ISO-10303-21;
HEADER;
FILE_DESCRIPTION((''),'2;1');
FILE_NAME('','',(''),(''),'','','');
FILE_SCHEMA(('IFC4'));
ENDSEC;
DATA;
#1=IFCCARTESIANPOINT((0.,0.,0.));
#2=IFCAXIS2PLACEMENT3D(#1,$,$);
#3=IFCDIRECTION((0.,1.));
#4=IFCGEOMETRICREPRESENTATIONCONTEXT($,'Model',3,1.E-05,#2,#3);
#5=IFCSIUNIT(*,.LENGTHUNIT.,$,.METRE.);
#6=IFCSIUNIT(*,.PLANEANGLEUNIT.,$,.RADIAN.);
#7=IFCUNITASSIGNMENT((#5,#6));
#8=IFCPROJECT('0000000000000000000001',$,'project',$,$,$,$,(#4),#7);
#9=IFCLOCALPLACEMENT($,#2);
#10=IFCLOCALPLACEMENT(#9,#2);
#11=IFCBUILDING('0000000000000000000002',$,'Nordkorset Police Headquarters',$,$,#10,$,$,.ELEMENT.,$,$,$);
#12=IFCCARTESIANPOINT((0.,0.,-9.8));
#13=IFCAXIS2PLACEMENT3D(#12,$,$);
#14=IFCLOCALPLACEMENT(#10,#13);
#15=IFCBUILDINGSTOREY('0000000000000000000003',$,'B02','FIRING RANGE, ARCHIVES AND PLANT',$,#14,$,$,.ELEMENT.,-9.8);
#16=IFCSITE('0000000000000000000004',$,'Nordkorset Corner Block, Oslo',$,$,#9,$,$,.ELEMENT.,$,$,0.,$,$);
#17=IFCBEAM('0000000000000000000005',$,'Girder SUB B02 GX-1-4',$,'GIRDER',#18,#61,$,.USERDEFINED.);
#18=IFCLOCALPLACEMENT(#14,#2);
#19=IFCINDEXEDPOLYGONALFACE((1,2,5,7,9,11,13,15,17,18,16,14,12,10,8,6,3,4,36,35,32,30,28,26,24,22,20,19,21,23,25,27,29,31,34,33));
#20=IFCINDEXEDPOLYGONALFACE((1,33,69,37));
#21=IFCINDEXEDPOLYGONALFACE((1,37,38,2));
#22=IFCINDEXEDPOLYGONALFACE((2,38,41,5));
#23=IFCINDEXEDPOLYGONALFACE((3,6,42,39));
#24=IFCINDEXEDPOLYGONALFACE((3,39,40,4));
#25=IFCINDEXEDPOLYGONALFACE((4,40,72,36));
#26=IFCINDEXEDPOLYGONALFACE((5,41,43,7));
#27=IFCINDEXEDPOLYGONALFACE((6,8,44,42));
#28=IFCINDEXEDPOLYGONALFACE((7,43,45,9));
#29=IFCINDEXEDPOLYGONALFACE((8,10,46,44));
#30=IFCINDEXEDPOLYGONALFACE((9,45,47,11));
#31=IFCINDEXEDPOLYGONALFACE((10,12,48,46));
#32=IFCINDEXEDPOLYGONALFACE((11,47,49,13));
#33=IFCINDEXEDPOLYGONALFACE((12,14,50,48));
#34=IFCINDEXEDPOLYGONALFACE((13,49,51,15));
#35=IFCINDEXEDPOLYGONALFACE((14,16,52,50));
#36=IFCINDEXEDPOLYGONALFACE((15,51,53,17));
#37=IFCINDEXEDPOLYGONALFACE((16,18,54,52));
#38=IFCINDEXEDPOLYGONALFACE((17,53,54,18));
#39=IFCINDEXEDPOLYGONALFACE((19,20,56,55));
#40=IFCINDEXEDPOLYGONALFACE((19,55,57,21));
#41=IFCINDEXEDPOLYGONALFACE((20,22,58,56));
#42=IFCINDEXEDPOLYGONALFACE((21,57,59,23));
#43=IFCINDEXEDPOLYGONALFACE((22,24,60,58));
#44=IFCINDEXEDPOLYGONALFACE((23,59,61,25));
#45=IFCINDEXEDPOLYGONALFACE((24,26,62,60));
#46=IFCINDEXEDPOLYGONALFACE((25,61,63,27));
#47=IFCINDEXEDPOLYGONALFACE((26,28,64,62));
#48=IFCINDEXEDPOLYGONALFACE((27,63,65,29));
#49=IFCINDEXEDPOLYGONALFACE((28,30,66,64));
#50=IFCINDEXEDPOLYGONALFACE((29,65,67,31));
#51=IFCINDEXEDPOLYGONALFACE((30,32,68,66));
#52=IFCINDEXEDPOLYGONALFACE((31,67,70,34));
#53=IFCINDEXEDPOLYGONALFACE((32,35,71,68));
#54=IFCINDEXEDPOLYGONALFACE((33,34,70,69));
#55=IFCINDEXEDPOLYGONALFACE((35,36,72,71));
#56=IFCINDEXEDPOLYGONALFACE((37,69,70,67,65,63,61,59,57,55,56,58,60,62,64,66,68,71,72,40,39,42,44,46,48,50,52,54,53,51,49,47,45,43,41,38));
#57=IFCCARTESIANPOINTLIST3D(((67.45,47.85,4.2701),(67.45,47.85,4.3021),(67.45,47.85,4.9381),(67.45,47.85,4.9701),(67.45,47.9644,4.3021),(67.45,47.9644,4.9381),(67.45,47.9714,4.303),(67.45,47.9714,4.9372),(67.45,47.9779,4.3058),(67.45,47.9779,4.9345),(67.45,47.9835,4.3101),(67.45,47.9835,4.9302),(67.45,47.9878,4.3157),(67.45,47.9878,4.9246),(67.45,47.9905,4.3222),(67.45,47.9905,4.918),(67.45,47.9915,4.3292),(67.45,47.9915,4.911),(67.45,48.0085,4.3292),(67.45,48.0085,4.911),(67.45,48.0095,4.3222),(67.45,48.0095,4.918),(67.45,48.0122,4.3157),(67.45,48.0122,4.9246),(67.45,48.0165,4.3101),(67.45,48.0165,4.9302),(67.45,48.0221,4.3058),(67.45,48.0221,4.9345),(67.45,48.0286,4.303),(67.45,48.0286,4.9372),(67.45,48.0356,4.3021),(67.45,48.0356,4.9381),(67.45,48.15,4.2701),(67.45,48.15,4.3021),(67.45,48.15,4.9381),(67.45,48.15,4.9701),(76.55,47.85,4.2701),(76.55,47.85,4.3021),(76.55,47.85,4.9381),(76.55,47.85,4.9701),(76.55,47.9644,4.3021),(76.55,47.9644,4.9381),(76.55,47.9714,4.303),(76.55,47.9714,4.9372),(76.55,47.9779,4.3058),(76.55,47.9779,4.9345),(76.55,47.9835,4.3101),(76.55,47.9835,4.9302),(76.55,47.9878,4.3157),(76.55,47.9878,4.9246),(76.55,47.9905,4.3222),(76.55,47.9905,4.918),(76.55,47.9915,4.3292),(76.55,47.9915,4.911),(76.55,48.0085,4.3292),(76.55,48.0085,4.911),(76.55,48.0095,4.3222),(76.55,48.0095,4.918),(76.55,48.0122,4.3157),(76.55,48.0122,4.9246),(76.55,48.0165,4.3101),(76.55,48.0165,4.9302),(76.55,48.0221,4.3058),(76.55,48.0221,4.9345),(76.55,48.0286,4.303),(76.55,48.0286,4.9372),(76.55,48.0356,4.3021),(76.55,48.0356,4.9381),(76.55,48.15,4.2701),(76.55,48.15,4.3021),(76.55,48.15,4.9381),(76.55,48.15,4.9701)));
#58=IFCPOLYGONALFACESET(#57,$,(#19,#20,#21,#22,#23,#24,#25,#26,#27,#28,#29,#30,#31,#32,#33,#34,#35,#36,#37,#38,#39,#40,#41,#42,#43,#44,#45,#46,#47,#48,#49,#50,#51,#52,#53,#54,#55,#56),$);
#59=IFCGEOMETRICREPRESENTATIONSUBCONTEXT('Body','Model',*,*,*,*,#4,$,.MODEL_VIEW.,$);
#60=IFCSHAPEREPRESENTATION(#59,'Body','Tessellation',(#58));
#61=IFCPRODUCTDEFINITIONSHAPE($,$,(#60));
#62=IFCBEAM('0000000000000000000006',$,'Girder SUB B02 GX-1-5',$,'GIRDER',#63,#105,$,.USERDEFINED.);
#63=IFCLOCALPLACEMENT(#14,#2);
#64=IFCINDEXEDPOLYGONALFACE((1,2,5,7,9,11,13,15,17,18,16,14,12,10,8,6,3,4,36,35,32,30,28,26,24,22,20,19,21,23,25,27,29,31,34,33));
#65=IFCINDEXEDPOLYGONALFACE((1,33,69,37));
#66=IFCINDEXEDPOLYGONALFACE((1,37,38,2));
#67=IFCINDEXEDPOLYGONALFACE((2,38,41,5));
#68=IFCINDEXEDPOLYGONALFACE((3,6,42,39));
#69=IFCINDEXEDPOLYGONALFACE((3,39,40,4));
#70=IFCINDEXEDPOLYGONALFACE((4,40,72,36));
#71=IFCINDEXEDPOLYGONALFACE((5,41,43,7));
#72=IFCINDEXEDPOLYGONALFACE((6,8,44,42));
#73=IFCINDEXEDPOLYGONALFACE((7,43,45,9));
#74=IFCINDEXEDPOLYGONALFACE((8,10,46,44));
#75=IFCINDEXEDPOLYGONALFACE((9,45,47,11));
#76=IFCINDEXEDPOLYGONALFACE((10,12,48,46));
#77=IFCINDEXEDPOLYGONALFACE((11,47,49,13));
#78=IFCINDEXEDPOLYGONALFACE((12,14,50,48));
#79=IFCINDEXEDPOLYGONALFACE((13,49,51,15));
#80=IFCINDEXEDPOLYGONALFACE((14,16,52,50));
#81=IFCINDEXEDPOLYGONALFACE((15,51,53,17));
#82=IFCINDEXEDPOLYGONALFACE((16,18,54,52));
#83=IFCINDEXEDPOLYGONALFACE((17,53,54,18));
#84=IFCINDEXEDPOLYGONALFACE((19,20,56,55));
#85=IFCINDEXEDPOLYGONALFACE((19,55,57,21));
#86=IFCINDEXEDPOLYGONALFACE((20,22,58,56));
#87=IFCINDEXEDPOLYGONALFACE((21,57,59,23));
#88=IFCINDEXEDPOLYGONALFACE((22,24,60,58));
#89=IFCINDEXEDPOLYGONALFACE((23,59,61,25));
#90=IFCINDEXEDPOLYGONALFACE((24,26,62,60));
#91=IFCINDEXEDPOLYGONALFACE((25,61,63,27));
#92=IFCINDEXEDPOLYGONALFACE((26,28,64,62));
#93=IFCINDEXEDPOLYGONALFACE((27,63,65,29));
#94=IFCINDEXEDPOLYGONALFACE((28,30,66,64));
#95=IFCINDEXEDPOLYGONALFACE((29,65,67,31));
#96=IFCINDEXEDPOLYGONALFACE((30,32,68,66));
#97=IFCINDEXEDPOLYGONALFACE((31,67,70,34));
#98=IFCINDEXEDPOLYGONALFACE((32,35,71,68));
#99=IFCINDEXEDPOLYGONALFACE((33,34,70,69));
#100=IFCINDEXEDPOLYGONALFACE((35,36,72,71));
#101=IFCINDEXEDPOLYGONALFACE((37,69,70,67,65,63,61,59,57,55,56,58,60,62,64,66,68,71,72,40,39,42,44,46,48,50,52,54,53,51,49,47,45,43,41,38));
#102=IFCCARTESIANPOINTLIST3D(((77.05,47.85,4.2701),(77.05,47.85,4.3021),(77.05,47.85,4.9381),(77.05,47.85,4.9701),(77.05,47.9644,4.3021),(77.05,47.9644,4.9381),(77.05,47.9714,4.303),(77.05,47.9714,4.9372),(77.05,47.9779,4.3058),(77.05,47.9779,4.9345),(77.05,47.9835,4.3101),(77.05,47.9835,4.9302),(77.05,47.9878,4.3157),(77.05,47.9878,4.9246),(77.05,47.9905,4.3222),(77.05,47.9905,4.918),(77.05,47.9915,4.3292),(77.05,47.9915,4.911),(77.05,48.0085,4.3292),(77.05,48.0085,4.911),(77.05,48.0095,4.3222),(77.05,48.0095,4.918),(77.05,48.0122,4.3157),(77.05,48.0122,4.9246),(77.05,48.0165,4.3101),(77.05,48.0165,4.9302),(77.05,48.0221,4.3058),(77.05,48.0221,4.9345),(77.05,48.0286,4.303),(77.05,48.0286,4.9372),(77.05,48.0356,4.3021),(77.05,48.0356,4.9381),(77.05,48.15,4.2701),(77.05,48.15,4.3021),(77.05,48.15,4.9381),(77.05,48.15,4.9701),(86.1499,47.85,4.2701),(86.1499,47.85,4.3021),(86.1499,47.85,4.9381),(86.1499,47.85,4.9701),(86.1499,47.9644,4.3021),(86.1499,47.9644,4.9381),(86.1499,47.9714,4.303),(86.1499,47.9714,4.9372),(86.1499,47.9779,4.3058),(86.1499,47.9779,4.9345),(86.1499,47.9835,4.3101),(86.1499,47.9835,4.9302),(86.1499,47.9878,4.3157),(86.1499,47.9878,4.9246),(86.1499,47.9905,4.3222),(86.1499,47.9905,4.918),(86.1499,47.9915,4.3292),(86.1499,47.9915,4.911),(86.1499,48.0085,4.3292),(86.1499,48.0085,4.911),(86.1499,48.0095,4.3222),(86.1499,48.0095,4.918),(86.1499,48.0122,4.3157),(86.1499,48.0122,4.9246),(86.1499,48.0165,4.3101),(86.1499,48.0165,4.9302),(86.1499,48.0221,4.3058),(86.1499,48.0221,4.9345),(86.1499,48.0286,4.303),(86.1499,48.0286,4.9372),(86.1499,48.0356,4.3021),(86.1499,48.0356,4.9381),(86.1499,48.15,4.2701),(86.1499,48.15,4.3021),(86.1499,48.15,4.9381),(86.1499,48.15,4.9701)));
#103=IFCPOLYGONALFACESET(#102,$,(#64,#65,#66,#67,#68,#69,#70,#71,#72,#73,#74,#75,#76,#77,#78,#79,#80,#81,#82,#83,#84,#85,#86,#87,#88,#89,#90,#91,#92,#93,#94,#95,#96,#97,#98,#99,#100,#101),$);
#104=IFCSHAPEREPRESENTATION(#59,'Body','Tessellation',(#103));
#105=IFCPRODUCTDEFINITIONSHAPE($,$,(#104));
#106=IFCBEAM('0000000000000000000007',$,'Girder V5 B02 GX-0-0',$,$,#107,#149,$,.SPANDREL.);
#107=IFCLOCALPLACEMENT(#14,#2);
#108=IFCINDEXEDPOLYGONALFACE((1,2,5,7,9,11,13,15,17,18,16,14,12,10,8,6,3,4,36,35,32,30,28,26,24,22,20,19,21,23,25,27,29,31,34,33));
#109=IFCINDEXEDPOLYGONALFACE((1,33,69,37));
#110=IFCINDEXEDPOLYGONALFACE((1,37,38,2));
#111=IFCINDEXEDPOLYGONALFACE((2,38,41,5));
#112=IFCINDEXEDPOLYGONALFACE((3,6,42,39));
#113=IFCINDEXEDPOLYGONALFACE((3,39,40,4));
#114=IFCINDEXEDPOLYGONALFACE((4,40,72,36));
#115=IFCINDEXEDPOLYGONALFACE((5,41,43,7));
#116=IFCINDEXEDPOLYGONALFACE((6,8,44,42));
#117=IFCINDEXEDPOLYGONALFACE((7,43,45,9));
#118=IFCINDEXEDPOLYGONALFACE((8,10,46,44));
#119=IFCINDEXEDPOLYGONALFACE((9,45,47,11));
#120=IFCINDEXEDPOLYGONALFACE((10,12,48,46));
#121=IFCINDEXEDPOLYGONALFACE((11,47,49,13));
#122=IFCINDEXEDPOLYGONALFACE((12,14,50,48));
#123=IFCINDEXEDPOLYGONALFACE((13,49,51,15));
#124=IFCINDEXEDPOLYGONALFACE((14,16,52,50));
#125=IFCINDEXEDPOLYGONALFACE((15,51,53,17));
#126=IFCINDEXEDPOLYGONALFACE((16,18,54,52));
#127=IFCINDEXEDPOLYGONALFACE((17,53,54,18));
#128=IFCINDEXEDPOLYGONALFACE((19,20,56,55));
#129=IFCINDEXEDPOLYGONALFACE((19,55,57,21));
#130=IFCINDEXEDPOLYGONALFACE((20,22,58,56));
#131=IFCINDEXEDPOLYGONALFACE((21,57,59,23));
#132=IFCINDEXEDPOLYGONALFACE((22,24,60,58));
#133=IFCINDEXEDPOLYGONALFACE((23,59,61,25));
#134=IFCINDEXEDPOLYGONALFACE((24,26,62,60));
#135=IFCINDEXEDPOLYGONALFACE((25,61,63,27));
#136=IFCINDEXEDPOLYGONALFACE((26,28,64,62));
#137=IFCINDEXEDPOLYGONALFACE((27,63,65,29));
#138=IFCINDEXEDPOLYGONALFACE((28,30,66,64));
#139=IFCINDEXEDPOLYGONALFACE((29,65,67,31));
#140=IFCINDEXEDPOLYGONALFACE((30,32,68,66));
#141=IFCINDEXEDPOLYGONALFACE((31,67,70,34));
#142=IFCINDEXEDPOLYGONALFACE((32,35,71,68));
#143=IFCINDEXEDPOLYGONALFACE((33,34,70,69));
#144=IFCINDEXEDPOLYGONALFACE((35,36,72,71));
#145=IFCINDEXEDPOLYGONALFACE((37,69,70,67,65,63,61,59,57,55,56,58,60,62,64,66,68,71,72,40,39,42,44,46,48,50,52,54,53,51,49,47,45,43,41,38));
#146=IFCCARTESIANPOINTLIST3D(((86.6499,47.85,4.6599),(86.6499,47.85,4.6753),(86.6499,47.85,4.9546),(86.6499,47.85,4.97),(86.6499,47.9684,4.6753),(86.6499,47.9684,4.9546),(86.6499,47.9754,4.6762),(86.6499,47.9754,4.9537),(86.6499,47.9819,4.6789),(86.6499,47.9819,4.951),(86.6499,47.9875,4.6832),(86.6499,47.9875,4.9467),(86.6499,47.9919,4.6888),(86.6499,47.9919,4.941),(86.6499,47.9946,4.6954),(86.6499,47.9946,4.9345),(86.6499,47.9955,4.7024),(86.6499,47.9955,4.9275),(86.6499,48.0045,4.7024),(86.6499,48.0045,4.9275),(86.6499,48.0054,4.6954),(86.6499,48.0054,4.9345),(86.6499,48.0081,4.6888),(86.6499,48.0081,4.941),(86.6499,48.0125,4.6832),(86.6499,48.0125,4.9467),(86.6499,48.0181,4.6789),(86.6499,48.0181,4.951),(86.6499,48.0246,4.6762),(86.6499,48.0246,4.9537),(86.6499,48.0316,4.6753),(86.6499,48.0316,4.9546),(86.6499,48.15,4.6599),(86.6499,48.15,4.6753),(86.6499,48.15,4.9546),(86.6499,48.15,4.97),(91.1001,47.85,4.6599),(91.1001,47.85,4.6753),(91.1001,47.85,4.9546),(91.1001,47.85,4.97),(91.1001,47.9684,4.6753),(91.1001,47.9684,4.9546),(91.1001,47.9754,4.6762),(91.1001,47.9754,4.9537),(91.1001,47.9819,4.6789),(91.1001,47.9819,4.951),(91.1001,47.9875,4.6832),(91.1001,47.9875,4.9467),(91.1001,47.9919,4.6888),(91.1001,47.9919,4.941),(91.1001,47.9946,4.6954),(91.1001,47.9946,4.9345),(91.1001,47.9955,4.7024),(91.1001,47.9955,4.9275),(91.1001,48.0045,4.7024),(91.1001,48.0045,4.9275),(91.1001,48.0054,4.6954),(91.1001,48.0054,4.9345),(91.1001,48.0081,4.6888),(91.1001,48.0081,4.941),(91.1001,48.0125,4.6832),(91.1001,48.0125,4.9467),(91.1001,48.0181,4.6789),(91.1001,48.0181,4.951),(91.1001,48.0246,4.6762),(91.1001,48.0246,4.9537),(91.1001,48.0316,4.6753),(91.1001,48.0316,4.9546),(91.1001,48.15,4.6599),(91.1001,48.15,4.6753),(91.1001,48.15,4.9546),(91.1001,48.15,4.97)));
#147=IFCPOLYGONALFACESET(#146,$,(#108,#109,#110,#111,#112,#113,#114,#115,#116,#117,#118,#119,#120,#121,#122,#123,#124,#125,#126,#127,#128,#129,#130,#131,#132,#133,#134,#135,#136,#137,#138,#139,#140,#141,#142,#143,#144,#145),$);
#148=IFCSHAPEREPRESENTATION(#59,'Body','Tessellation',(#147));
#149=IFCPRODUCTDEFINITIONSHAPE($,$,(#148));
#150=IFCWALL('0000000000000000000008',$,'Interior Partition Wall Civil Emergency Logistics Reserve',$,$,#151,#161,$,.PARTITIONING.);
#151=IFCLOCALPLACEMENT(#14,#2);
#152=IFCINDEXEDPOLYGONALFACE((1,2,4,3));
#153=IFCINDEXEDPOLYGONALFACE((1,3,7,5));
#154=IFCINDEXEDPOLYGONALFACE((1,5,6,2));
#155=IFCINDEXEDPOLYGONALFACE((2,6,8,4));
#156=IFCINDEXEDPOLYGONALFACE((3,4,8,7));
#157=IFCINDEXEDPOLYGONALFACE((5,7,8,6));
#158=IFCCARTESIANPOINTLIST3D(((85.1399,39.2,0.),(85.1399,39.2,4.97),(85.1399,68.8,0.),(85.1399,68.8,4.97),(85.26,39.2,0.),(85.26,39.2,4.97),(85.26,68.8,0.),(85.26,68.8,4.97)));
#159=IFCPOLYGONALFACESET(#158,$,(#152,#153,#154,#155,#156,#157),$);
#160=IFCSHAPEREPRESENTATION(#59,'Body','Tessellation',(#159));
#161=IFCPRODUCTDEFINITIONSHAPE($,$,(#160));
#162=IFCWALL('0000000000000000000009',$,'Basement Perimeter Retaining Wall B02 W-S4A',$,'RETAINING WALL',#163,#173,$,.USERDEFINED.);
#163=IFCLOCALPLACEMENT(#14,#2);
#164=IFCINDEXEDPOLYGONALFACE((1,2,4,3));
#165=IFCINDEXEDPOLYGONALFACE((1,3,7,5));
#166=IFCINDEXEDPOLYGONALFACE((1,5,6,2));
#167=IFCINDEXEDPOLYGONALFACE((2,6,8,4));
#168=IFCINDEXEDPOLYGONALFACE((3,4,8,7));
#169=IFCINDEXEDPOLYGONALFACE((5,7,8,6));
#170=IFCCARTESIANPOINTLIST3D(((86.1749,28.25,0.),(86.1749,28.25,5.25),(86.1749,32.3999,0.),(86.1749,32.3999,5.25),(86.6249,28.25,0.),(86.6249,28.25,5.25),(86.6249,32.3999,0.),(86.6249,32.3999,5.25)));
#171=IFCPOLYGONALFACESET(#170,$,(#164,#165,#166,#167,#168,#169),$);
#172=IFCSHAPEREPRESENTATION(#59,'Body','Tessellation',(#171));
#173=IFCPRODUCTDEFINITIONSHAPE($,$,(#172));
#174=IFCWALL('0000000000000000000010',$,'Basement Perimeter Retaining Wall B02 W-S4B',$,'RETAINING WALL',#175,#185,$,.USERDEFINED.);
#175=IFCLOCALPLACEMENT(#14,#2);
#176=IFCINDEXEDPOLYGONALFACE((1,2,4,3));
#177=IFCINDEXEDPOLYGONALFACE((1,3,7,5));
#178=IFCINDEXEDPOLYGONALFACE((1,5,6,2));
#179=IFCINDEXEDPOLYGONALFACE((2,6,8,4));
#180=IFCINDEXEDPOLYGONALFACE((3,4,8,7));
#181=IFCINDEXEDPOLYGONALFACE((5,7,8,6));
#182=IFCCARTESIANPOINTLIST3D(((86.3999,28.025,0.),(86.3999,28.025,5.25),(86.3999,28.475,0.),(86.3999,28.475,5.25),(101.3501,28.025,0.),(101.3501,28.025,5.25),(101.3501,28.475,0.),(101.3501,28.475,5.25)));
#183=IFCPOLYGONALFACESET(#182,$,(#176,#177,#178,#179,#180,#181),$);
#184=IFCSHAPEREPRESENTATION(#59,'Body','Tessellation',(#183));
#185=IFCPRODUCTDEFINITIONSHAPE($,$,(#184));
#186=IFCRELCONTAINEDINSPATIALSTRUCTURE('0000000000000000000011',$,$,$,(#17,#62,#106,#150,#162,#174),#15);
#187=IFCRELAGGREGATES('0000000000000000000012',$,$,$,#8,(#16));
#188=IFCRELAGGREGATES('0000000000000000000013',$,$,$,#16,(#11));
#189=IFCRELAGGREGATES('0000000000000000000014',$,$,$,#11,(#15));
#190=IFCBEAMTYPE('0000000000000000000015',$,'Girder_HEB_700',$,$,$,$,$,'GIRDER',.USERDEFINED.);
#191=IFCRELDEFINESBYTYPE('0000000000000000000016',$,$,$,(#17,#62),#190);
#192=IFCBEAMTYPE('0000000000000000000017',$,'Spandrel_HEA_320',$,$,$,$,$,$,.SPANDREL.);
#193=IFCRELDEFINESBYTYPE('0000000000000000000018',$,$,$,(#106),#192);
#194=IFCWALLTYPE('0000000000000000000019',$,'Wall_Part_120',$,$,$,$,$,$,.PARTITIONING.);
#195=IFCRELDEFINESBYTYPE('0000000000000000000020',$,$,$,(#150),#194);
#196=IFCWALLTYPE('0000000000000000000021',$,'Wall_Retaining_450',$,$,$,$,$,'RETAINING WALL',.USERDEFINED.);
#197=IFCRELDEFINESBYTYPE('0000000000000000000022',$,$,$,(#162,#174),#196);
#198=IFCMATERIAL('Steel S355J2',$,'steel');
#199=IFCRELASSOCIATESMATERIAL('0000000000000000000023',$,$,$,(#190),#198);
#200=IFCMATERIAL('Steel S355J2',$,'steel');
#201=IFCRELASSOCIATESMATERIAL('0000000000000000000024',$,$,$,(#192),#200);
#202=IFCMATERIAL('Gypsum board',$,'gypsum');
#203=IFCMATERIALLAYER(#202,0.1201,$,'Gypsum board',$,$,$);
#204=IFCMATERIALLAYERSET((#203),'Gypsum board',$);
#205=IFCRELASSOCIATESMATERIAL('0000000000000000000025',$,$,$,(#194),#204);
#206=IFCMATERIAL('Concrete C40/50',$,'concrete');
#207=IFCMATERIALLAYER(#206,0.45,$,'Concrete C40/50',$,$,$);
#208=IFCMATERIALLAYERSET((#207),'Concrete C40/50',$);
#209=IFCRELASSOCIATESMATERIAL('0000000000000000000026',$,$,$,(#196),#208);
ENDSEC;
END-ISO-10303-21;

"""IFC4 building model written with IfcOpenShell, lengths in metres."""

from ifc_helpers import new_model, si_unit, direction, frame, frame_2d, origin, origin_2d, place, context, subcontext, project, spatial, rectangle, i_section, extrude, material, layer, layer_set, material_profile, profile_set, type_object, element, save


model = new_model("IFC4")

# Units and contexts
model_context = context("Model", 3, precision=1e-05, world=origin(), true_north=direction((0.0, 1.0)))
body_context = subcontext(model_context, "Body", "Model", "MODEL_VIEW")
ifc_project = project(units=[si_unit("LENGTHUNIT", "METRE"), si_unit("PLANEANGLEUNIT", "RADIAN")], contexts=[model_context])

# Site, building, storey
site_placement = place(None, origin())
site = spatial("IfcSite", under=ifc_project, at=site_placement, Name="Nordkorset Corner Block, Oslo", CompositionType="ELEMENT", RefElevation=0.0)
building_placement = place(site_placement, origin())
building = spatial("IfcBuilding", under=site, at=building_placement, Name="Nordkorset Police Headquarters", CompositionType="ELEMENT")
storey_placement = place(building_placement, frame((0.0, 0.0, -9.8)))
storey = spatial("IfcBuildingStorey", under=building, at=storey_placement, Name="B02", Description="FIRING RANGE, ARCHIVES AND PLANT", CompositionType="ELEMENT", Elevation=-9.8)

# Beams
ifc_material_1 = material(Name="Steel S355J2", Category="steel")
ifc_material_profile_1 = material_profile(ifc_material_1, i_section(OverallWidth=0.3, OverallDepth=0.7, WebThickness=0.0171, FlangeThickness=0.032, FilletRadius=0.0271, at=origin_2d()), Name="HEB 700")
ifc_profile_set_1 = profile_set([ifc_material_profile_1], Name="Steel S355J2")
beam_type_1 = type_object("IfcBeamType", Name="Girder_HEB_700", ElementType="GIRDER", PredefinedType="USERDEFINED", material=ifc_profile_set_1)
beam_1_placement = place(storey_placement, frame((67.45, 48.0, 4.6201), z_axis=(1.0, 0.0, 0.0), x_axis=(0.0, 1.0, 0.0)))
element("IfcBeam", 1, at=beam_1_placement, inside=storey, type_object=beam_type_1, Name="Girder SUB B02 GX-1-4", ObjectType="GIRDER", PredefinedType="USERDEFINED", context=body_context, shape_type="SweptSolid", body=[
    extrude(i_section(OverallWidth=0.3, OverallDepth=0.7, WebThickness=0.0171, FlangeThickness=0.032, FilletRadius=0.0271, at=origin_2d()), origin(), (0.0, 0.0, 1.0), 9.1001),
])
beam_2_placement = place(storey_placement, frame((77.05, 48.0, 4.6201), z_axis=(1.0, 0.0, 0.0), x_axis=(0.0, 1.0, 0.0)))
element("IfcBeam", 2, at=beam_2_placement, inside=storey, type_object=beam_type_1, Name="Girder SUB B02 GX-1-5", ObjectType="GIRDER", PredefinedType="USERDEFINED", context=body_context, shape_type="SweptSolid", body=[
    extrude(i_section(OverallWidth=0.3, OverallDepth=0.7, WebThickness=0.0171, FlangeThickness=0.032, FilletRadius=0.0271, at=origin_2d()), origin(), (0.0, 0.0, 1.0), 9.0999),
])
ifc_material_2 = material(Name="Steel S355J2", Category="steel")
ifc_material_profile_2 = material_profile(ifc_material_2, i_section(OverallWidth=0.3, OverallDepth=0.3101, WebThickness=0.009, FlangeThickness=0.0154, FilletRadius=0.0271, at=origin_2d()), Name="HEA 320")
ifc_profile_set_2 = profile_set([ifc_material_profile_2], Name="Steel S355J2")
beam_type_2 = type_object("IfcBeamType", Name="Spandrel_HEA_320", PredefinedType="SPANDREL", material=ifc_profile_set_2)
beam_3_placement = place(storey_placement, frame((86.6499, 48.0, 4.8149), z_axis=(1.0, 0.0, 0.0), x_axis=(0.0, 1.0, 0.0)))
element("IfcBeam", 3, at=beam_3_placement, inside=storey, type_object=beam_type_2, Name="Girder V5 B02 GX-0-0", PredefinedType="SPANDREL", context=body_context, shape_type="SweptSolid", body=[
    extrude(i_section(OverallWidth=0.3, OverallDepth=0.3101, WebThickness=0.009, FlangeThickness=0.0154, FilletRadius=0.0271, at=origin_2d()), origin(), (0.0, 0.0, 1.0), 4.4502),
])

# Walls
ifc_material_3 = material(Name="Gypsum board", Category="gypsum")
ifc_layer_1 = layer(ifc_material_3, 0.1201, Name="Gypsum board")
ifc_layer_set_1 = layer_set([ifc_layer_1], Name="Gypsum board")
wall_type_1 = type_object("IfcWallType", Name="Wall_Part_120", PredefinedType="PARTITIONING", material=ifc_layer_set_1)
wall_1_placement = place(storey_placement, frame((85.2, 39.2, 0.0), z_axis=(0.0, 0.0, 1.0), x_axis=(0.0, 1.0, 0.0)))
element("IfcWall", 4, at=wall_1_placement, inside=storey, type_object=wall_type_1, Name="Interior Partition Wall Civil Emergency Logistics Reserve", PredefinedType="PARTITIONING", context=body_context, shape_type="SweptSolid", body=[
    extrude(rectangle(XDim=29.6001, YDim=0.1201, at=frame_2d((14.8, 0.0))), origin(), (0.0, 0.0, 1.0), 4.97),
])
ifc_material_4 = material(Name="Concrete C40/50", Category="concrete")
ifc_layer_2 = layer(ifc_material_4, 0.45, Name="Concrete C40/50")
ifc_layer_set_2 = layer_set([ifc_layer_2], Name="Concrete C40/50")
wall_type_2 = type_object("IfcWallType", Name="Wall_Retaining_450", ElementType="RETAINING WALL", PredefinedType="USERDEFINED", material=ifc_layer_set_2)
wall_2_placement = place(storey_placement, frame((86.3999, 28.25, 0.0), z_axis=(0.0, 0.0, 1.0), x_axis=(0.0, 1.0, 0.0)))
element("IfcWall", 5, at=wall_2_placement, inside=storey, type_object=wall_type_2, Name="Basement Perimeter Retaining Wall B02 W-S4A", ObjectType="RETAINING WALL", PredefinedType="USERDEFINED", context=body_context, shape_type="SweptSolid", body=[
    extrude(rectangle(XDim=4.1499, YDim=0.45, at=frame_2d((2.075, 0.0))), origin(), (0.0, 0.0, 1.0), 5.25),
])
wall_3_placement = place(storey_placement, frame((86.3999, 28.25, 0.0), z_axis=(0.0, 0.0, 1.0), x_axis=(1.0, 0.0, 0.0)))
element("IfcWall", 6, at=wall_3_placement, inside=storey, type_object=wall_type_2, Name="Basement Perimeter Retaining Wall B02 W-S4B", ObjectType="RETAINING WALL", PredefinedType="USERDEFINED", context=body_context, shape_type="SweptSolid", body=[
    extrude(rectangle(XDim=14.9502, YDim=0.45, at=frame_2d((7.4751, 0.0))), origin(), (0.0, 0.0, 1.0), 5.25),
])

save(model, "model.ifc")
